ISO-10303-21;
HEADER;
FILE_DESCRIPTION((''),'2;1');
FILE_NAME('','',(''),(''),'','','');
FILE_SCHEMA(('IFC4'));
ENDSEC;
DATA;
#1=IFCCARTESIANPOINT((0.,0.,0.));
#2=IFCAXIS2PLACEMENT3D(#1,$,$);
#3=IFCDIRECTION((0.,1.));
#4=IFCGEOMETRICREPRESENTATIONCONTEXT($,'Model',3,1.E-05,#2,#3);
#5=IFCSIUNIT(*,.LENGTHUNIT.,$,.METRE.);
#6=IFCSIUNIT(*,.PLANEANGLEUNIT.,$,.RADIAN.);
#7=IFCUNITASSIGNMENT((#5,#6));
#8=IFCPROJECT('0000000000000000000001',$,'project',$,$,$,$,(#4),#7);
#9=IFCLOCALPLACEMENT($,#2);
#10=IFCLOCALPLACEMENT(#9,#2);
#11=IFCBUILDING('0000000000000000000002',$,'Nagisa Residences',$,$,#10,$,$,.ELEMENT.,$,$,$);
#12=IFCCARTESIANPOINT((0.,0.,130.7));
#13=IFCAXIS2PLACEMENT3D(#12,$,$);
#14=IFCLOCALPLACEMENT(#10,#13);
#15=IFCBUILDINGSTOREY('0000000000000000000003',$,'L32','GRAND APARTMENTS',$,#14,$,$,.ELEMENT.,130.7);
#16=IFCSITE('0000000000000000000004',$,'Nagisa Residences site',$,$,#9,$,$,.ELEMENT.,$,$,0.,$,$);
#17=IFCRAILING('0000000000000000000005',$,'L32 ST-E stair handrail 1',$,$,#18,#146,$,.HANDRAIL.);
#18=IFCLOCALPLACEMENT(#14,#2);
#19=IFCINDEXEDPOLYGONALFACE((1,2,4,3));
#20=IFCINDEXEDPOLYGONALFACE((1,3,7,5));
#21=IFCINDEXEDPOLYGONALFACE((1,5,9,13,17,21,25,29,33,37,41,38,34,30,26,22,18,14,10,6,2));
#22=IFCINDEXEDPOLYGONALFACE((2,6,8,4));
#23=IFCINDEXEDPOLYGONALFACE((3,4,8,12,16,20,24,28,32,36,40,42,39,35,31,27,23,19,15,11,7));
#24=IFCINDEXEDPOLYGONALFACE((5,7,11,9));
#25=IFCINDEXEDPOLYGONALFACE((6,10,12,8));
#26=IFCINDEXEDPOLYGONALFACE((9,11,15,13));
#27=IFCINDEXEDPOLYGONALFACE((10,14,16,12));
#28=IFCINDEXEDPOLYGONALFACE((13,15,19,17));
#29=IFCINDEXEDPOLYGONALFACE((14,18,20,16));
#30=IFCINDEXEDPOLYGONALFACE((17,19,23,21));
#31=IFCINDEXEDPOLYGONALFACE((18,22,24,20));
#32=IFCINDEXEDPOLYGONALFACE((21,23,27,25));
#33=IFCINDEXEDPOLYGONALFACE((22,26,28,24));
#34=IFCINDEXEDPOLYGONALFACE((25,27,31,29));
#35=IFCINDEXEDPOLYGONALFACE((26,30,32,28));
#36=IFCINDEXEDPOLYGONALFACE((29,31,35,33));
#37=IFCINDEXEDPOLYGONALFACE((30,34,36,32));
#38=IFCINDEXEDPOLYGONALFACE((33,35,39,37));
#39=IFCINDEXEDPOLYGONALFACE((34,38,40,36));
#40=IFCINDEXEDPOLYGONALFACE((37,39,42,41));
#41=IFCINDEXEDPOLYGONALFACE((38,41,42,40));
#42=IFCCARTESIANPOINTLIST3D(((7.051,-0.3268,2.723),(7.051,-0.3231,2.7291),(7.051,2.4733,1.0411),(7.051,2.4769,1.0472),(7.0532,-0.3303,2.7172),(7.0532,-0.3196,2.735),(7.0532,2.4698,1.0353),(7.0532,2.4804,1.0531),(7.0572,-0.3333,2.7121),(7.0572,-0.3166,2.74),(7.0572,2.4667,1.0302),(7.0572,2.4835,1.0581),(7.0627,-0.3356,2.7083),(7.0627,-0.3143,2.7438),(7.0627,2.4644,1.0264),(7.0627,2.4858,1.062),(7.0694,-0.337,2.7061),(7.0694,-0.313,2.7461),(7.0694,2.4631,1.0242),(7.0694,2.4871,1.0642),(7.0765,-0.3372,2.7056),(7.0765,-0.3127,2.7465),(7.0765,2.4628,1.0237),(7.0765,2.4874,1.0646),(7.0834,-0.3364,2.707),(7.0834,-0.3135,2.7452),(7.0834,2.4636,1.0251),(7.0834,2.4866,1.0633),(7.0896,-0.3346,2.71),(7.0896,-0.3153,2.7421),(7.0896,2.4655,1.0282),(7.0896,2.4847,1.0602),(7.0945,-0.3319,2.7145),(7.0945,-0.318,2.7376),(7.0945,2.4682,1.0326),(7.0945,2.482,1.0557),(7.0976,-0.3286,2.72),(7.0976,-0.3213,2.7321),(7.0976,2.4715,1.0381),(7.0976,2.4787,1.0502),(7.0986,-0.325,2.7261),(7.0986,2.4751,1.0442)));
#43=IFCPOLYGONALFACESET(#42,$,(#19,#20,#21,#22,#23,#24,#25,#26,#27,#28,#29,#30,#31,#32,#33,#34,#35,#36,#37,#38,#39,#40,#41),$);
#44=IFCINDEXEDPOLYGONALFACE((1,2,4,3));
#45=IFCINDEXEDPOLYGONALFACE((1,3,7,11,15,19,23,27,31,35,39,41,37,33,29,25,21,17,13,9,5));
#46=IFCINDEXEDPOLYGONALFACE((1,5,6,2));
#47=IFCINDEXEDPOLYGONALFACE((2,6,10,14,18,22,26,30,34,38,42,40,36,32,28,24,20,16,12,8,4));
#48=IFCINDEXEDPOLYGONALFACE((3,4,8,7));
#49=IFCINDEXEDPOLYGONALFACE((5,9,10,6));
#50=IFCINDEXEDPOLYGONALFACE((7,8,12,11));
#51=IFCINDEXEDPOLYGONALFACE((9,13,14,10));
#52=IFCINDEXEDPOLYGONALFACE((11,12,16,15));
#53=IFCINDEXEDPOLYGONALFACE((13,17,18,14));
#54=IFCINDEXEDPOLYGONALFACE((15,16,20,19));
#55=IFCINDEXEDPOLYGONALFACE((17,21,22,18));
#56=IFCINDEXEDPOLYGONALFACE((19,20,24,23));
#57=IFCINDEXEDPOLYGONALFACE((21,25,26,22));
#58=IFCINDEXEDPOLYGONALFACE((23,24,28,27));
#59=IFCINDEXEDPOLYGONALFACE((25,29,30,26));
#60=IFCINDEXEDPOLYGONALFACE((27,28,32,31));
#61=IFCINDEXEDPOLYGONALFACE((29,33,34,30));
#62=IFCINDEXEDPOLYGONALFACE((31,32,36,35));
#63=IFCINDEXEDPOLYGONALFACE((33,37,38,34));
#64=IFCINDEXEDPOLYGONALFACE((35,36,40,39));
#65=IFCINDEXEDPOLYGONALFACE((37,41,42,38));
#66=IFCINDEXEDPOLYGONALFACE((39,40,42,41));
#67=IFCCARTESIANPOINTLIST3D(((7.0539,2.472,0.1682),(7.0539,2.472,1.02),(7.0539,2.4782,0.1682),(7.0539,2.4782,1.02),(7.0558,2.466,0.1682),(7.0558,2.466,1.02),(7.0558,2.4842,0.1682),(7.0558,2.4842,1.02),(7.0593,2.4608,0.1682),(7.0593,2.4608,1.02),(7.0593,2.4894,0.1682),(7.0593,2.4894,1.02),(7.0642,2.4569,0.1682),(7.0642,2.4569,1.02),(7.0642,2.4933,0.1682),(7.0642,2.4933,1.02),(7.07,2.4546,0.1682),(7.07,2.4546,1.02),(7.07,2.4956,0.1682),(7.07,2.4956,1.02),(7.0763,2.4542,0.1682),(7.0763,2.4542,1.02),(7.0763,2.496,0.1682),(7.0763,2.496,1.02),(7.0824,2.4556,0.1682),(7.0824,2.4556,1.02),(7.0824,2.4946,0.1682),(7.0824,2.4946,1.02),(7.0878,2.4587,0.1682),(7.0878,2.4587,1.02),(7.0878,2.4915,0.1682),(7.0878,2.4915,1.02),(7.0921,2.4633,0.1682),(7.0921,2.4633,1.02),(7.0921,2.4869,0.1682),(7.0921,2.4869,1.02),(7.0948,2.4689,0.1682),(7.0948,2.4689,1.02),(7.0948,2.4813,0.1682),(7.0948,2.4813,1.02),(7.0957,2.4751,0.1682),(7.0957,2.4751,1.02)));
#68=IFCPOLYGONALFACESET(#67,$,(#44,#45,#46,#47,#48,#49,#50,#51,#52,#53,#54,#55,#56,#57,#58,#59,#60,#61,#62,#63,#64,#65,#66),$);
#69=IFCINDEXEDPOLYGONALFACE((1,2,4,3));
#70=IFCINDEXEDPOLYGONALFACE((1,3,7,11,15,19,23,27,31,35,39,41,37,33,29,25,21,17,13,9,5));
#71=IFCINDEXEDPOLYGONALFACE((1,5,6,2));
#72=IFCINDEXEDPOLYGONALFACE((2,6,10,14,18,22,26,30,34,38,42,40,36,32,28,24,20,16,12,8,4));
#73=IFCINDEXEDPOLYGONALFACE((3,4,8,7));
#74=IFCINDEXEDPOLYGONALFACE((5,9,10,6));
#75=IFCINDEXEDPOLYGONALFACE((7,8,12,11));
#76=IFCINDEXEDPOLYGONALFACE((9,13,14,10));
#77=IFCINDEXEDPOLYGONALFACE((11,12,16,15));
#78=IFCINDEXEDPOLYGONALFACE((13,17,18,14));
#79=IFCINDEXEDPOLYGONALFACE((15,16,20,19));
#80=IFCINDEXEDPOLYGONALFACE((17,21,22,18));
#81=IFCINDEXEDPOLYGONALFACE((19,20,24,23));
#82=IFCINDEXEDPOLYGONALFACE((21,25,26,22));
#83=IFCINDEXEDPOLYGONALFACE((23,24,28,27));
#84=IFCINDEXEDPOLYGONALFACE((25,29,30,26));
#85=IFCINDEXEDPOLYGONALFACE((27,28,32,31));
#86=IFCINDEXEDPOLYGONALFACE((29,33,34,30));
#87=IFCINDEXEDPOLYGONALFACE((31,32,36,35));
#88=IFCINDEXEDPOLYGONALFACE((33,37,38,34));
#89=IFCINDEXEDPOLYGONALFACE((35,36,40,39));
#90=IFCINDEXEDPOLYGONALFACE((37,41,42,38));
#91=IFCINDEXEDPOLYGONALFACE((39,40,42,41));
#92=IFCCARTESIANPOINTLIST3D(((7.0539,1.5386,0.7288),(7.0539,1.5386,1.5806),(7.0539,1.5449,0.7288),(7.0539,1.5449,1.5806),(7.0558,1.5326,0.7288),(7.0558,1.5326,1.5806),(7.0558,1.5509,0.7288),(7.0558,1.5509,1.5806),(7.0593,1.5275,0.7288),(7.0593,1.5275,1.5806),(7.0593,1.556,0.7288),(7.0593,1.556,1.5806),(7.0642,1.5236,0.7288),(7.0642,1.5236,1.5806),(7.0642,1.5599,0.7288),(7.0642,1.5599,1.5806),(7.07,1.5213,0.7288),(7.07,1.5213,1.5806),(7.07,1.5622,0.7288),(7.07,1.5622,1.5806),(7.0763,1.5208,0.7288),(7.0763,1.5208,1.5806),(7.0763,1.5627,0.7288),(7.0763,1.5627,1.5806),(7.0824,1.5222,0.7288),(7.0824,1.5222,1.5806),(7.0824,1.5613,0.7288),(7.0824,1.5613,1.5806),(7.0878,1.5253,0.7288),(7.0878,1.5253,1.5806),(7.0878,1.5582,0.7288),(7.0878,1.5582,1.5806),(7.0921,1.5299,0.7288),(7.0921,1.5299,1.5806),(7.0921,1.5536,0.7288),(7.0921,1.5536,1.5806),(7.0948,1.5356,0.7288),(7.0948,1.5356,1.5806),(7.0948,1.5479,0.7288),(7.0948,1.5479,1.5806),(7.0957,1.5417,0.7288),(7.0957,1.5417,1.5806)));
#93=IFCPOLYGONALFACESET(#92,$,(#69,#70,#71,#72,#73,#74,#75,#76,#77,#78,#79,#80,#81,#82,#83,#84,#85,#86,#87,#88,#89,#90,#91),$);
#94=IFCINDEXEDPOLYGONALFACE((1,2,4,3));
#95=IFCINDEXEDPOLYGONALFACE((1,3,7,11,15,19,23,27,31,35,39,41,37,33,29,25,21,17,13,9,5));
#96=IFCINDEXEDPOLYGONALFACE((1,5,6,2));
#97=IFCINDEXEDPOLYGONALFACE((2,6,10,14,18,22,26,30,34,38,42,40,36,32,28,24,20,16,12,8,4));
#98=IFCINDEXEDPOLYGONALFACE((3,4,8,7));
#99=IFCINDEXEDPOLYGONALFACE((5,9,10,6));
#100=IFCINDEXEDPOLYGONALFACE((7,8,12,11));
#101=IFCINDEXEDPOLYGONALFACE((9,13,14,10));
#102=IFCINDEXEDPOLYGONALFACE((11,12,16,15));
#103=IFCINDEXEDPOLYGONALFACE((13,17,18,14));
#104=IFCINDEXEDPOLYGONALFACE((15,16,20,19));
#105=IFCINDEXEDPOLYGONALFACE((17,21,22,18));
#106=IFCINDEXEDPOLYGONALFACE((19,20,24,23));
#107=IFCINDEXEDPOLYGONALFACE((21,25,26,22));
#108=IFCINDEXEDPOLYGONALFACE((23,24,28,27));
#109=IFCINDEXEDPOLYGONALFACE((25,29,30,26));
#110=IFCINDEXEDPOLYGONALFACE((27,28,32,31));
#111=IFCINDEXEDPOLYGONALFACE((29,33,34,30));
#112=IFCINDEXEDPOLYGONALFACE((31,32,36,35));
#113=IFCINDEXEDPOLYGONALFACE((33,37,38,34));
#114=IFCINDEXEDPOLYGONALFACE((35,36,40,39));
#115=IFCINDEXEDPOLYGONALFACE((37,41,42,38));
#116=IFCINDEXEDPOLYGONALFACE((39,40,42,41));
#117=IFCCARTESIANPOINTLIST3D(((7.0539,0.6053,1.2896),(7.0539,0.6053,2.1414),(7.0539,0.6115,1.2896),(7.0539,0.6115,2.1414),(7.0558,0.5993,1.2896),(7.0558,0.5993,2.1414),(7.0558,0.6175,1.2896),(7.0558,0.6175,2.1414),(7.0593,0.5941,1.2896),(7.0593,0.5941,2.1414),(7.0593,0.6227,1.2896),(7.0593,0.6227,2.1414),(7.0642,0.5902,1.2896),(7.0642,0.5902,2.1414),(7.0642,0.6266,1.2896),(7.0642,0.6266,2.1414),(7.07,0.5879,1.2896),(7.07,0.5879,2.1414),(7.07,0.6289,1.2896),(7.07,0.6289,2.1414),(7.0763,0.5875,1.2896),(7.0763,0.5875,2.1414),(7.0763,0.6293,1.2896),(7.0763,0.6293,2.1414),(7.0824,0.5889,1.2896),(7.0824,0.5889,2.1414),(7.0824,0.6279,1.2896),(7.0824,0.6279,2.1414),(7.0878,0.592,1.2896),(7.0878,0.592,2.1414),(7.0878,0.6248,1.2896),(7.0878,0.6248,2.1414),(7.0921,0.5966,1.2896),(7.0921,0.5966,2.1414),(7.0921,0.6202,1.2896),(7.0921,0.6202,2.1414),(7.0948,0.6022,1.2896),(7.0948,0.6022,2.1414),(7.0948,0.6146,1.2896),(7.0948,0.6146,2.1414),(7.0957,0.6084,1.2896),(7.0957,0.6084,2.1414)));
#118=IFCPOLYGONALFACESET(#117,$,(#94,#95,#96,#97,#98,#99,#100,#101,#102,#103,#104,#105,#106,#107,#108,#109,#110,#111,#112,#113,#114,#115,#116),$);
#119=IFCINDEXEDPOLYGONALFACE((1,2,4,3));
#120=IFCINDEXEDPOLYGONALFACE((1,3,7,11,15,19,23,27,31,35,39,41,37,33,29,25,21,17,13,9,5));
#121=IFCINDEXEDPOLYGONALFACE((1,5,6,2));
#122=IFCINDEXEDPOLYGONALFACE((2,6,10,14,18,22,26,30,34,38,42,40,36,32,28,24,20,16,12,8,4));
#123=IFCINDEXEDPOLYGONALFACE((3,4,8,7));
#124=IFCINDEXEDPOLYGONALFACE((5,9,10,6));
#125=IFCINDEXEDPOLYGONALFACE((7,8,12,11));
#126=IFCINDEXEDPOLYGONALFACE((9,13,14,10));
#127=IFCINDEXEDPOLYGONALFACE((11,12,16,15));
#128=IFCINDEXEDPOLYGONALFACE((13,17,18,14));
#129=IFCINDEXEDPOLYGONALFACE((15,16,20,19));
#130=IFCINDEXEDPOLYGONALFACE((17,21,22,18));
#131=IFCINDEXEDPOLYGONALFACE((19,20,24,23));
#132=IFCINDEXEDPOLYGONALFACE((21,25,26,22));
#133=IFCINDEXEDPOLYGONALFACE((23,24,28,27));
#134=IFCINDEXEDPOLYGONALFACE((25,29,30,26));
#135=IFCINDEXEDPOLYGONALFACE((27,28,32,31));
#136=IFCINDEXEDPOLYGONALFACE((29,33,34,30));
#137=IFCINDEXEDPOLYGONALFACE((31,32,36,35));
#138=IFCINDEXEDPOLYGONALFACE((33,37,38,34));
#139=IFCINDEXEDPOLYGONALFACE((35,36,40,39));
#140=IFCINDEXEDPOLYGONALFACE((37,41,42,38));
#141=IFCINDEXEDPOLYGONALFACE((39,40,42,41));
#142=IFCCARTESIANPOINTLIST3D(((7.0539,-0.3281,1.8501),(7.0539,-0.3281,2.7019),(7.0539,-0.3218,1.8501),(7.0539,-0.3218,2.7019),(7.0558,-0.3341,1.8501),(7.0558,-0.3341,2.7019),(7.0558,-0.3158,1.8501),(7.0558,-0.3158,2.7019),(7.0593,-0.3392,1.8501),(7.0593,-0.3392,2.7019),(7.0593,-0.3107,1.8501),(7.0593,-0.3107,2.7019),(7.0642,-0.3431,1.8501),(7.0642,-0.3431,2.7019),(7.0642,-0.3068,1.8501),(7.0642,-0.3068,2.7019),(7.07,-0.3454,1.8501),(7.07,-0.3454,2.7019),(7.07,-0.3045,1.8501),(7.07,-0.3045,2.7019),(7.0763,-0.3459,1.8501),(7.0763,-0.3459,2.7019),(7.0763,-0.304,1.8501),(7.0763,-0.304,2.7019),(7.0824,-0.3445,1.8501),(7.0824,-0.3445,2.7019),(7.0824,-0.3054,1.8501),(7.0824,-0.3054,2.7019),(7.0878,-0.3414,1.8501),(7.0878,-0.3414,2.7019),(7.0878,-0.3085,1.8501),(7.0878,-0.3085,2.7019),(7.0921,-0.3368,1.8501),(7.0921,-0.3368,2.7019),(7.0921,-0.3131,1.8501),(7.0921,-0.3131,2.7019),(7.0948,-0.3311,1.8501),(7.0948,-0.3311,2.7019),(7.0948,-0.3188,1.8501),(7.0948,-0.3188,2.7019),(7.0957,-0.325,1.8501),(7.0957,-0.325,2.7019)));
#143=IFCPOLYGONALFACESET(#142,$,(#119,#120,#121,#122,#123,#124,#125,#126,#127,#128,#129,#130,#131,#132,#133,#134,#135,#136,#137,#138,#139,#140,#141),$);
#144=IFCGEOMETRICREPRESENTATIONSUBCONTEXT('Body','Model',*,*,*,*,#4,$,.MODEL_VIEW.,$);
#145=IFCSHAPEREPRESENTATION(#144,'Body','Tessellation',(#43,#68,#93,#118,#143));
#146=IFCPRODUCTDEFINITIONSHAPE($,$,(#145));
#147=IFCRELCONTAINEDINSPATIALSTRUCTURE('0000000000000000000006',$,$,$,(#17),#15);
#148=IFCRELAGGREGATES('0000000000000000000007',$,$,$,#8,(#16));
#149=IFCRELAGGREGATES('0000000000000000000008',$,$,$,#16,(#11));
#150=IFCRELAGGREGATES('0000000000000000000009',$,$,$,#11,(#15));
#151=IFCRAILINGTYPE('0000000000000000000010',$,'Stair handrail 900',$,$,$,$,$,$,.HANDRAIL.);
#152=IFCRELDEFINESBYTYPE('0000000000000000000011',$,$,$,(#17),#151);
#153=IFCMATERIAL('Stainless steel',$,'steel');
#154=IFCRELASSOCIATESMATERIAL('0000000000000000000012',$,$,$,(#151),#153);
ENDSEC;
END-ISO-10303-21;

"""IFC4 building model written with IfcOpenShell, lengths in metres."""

from ifc_helpers import new_model, si_unit, direction, frame, origin, origin_2d, place, context, subcontext, project, spatial, circle, extrude, material, type_object, element, save


model = new_model("IFC4")

# Units and contexts
model_context = context("Model", 3, precision=1e-05, world=origin(), true_north=direction((0.0, 1.0)))
body_context = subcontext(model_context, "Body", "Model", "MODEL_VIEW")
ifc_project = project(units=[si_unit("LENGTHUNIT", "METRE"), si_unit("PLANEANGLEUNIT", "RADIAN")], contexts=[model_context])

# Site, building, storey
site_placement = place(None, origin())
site = spatial("IfcSite", under=ifc_project, at=site_placement, Name="Nagisa Residences site", CompositionType="ELEMENT", RefElevation=0.0)
building_placement = place(site_placement, origin())
building = spatial("IfcBuilding", under=site, at=building_placement, Name="Nagisa Residences", CompositionType="ELEMENT")
storey_placement = place(building_placement, frame((0.0, 0.0, 130.7)))
storey = spatial("IfcBuildingStorey", under=building, at=storey_placement, Name="L32", Description="GRAND APARTMENTS", CompositionType="ELEMENT", Elevation=130.7)

# Railing
ifc_material_1 = material(Name="Stainless steel", Category="steel")
railing_type_1 = type_object("IfcRailingType", Name="Stair handrail 900", PredefinedType="HANDRAIL", material=ifc_material_1)
railing_1_placement = place(storey_placement, frame((7.0747, 2.4751, 0.1682)))
element("IfcRailing", 1, at=railing_1_placement, inside=storey, type_object=railing_type_1, Name="L32 ST-E stair handrail 1", PredefinedType="HANDRAIL", context=body_context, shape_type="SweptSolid", body=[
    extrude(circle(Radius=0.0239, at=origin_2d()), frame((0.0, 0.0, 0.876), z_axis=(0.0, -0.857242, 0.514913), x_axis=(1.0, 0.0, 0.0)), (0.0, 0.0, 1.0), 3.2664),
    extrude(circle(Radius=0.021, at=origin_2d()), origin(), (0.0, 0.0, 1.0), 0.8518),
    extrude(circle(Radius=0.021, at=origin_2d()), frame((0.0, -0.9333, 0.5605)), (0.0, 0.0, 1.0), 0.8518),
    extrude(circle(Radius=0.021, at=origin_2d()), frame((0.0, -1.8667, 1.1213)), (0.0, 0.0, 1.0), 0.8518),
    extrude(circle(Radius=0.021, at=origin_2d()), frame((0.0, -2.8, 1.6819)), (0.0, 0.0, 1.0), 0.8518),
])

save(model, "model.ifc")
